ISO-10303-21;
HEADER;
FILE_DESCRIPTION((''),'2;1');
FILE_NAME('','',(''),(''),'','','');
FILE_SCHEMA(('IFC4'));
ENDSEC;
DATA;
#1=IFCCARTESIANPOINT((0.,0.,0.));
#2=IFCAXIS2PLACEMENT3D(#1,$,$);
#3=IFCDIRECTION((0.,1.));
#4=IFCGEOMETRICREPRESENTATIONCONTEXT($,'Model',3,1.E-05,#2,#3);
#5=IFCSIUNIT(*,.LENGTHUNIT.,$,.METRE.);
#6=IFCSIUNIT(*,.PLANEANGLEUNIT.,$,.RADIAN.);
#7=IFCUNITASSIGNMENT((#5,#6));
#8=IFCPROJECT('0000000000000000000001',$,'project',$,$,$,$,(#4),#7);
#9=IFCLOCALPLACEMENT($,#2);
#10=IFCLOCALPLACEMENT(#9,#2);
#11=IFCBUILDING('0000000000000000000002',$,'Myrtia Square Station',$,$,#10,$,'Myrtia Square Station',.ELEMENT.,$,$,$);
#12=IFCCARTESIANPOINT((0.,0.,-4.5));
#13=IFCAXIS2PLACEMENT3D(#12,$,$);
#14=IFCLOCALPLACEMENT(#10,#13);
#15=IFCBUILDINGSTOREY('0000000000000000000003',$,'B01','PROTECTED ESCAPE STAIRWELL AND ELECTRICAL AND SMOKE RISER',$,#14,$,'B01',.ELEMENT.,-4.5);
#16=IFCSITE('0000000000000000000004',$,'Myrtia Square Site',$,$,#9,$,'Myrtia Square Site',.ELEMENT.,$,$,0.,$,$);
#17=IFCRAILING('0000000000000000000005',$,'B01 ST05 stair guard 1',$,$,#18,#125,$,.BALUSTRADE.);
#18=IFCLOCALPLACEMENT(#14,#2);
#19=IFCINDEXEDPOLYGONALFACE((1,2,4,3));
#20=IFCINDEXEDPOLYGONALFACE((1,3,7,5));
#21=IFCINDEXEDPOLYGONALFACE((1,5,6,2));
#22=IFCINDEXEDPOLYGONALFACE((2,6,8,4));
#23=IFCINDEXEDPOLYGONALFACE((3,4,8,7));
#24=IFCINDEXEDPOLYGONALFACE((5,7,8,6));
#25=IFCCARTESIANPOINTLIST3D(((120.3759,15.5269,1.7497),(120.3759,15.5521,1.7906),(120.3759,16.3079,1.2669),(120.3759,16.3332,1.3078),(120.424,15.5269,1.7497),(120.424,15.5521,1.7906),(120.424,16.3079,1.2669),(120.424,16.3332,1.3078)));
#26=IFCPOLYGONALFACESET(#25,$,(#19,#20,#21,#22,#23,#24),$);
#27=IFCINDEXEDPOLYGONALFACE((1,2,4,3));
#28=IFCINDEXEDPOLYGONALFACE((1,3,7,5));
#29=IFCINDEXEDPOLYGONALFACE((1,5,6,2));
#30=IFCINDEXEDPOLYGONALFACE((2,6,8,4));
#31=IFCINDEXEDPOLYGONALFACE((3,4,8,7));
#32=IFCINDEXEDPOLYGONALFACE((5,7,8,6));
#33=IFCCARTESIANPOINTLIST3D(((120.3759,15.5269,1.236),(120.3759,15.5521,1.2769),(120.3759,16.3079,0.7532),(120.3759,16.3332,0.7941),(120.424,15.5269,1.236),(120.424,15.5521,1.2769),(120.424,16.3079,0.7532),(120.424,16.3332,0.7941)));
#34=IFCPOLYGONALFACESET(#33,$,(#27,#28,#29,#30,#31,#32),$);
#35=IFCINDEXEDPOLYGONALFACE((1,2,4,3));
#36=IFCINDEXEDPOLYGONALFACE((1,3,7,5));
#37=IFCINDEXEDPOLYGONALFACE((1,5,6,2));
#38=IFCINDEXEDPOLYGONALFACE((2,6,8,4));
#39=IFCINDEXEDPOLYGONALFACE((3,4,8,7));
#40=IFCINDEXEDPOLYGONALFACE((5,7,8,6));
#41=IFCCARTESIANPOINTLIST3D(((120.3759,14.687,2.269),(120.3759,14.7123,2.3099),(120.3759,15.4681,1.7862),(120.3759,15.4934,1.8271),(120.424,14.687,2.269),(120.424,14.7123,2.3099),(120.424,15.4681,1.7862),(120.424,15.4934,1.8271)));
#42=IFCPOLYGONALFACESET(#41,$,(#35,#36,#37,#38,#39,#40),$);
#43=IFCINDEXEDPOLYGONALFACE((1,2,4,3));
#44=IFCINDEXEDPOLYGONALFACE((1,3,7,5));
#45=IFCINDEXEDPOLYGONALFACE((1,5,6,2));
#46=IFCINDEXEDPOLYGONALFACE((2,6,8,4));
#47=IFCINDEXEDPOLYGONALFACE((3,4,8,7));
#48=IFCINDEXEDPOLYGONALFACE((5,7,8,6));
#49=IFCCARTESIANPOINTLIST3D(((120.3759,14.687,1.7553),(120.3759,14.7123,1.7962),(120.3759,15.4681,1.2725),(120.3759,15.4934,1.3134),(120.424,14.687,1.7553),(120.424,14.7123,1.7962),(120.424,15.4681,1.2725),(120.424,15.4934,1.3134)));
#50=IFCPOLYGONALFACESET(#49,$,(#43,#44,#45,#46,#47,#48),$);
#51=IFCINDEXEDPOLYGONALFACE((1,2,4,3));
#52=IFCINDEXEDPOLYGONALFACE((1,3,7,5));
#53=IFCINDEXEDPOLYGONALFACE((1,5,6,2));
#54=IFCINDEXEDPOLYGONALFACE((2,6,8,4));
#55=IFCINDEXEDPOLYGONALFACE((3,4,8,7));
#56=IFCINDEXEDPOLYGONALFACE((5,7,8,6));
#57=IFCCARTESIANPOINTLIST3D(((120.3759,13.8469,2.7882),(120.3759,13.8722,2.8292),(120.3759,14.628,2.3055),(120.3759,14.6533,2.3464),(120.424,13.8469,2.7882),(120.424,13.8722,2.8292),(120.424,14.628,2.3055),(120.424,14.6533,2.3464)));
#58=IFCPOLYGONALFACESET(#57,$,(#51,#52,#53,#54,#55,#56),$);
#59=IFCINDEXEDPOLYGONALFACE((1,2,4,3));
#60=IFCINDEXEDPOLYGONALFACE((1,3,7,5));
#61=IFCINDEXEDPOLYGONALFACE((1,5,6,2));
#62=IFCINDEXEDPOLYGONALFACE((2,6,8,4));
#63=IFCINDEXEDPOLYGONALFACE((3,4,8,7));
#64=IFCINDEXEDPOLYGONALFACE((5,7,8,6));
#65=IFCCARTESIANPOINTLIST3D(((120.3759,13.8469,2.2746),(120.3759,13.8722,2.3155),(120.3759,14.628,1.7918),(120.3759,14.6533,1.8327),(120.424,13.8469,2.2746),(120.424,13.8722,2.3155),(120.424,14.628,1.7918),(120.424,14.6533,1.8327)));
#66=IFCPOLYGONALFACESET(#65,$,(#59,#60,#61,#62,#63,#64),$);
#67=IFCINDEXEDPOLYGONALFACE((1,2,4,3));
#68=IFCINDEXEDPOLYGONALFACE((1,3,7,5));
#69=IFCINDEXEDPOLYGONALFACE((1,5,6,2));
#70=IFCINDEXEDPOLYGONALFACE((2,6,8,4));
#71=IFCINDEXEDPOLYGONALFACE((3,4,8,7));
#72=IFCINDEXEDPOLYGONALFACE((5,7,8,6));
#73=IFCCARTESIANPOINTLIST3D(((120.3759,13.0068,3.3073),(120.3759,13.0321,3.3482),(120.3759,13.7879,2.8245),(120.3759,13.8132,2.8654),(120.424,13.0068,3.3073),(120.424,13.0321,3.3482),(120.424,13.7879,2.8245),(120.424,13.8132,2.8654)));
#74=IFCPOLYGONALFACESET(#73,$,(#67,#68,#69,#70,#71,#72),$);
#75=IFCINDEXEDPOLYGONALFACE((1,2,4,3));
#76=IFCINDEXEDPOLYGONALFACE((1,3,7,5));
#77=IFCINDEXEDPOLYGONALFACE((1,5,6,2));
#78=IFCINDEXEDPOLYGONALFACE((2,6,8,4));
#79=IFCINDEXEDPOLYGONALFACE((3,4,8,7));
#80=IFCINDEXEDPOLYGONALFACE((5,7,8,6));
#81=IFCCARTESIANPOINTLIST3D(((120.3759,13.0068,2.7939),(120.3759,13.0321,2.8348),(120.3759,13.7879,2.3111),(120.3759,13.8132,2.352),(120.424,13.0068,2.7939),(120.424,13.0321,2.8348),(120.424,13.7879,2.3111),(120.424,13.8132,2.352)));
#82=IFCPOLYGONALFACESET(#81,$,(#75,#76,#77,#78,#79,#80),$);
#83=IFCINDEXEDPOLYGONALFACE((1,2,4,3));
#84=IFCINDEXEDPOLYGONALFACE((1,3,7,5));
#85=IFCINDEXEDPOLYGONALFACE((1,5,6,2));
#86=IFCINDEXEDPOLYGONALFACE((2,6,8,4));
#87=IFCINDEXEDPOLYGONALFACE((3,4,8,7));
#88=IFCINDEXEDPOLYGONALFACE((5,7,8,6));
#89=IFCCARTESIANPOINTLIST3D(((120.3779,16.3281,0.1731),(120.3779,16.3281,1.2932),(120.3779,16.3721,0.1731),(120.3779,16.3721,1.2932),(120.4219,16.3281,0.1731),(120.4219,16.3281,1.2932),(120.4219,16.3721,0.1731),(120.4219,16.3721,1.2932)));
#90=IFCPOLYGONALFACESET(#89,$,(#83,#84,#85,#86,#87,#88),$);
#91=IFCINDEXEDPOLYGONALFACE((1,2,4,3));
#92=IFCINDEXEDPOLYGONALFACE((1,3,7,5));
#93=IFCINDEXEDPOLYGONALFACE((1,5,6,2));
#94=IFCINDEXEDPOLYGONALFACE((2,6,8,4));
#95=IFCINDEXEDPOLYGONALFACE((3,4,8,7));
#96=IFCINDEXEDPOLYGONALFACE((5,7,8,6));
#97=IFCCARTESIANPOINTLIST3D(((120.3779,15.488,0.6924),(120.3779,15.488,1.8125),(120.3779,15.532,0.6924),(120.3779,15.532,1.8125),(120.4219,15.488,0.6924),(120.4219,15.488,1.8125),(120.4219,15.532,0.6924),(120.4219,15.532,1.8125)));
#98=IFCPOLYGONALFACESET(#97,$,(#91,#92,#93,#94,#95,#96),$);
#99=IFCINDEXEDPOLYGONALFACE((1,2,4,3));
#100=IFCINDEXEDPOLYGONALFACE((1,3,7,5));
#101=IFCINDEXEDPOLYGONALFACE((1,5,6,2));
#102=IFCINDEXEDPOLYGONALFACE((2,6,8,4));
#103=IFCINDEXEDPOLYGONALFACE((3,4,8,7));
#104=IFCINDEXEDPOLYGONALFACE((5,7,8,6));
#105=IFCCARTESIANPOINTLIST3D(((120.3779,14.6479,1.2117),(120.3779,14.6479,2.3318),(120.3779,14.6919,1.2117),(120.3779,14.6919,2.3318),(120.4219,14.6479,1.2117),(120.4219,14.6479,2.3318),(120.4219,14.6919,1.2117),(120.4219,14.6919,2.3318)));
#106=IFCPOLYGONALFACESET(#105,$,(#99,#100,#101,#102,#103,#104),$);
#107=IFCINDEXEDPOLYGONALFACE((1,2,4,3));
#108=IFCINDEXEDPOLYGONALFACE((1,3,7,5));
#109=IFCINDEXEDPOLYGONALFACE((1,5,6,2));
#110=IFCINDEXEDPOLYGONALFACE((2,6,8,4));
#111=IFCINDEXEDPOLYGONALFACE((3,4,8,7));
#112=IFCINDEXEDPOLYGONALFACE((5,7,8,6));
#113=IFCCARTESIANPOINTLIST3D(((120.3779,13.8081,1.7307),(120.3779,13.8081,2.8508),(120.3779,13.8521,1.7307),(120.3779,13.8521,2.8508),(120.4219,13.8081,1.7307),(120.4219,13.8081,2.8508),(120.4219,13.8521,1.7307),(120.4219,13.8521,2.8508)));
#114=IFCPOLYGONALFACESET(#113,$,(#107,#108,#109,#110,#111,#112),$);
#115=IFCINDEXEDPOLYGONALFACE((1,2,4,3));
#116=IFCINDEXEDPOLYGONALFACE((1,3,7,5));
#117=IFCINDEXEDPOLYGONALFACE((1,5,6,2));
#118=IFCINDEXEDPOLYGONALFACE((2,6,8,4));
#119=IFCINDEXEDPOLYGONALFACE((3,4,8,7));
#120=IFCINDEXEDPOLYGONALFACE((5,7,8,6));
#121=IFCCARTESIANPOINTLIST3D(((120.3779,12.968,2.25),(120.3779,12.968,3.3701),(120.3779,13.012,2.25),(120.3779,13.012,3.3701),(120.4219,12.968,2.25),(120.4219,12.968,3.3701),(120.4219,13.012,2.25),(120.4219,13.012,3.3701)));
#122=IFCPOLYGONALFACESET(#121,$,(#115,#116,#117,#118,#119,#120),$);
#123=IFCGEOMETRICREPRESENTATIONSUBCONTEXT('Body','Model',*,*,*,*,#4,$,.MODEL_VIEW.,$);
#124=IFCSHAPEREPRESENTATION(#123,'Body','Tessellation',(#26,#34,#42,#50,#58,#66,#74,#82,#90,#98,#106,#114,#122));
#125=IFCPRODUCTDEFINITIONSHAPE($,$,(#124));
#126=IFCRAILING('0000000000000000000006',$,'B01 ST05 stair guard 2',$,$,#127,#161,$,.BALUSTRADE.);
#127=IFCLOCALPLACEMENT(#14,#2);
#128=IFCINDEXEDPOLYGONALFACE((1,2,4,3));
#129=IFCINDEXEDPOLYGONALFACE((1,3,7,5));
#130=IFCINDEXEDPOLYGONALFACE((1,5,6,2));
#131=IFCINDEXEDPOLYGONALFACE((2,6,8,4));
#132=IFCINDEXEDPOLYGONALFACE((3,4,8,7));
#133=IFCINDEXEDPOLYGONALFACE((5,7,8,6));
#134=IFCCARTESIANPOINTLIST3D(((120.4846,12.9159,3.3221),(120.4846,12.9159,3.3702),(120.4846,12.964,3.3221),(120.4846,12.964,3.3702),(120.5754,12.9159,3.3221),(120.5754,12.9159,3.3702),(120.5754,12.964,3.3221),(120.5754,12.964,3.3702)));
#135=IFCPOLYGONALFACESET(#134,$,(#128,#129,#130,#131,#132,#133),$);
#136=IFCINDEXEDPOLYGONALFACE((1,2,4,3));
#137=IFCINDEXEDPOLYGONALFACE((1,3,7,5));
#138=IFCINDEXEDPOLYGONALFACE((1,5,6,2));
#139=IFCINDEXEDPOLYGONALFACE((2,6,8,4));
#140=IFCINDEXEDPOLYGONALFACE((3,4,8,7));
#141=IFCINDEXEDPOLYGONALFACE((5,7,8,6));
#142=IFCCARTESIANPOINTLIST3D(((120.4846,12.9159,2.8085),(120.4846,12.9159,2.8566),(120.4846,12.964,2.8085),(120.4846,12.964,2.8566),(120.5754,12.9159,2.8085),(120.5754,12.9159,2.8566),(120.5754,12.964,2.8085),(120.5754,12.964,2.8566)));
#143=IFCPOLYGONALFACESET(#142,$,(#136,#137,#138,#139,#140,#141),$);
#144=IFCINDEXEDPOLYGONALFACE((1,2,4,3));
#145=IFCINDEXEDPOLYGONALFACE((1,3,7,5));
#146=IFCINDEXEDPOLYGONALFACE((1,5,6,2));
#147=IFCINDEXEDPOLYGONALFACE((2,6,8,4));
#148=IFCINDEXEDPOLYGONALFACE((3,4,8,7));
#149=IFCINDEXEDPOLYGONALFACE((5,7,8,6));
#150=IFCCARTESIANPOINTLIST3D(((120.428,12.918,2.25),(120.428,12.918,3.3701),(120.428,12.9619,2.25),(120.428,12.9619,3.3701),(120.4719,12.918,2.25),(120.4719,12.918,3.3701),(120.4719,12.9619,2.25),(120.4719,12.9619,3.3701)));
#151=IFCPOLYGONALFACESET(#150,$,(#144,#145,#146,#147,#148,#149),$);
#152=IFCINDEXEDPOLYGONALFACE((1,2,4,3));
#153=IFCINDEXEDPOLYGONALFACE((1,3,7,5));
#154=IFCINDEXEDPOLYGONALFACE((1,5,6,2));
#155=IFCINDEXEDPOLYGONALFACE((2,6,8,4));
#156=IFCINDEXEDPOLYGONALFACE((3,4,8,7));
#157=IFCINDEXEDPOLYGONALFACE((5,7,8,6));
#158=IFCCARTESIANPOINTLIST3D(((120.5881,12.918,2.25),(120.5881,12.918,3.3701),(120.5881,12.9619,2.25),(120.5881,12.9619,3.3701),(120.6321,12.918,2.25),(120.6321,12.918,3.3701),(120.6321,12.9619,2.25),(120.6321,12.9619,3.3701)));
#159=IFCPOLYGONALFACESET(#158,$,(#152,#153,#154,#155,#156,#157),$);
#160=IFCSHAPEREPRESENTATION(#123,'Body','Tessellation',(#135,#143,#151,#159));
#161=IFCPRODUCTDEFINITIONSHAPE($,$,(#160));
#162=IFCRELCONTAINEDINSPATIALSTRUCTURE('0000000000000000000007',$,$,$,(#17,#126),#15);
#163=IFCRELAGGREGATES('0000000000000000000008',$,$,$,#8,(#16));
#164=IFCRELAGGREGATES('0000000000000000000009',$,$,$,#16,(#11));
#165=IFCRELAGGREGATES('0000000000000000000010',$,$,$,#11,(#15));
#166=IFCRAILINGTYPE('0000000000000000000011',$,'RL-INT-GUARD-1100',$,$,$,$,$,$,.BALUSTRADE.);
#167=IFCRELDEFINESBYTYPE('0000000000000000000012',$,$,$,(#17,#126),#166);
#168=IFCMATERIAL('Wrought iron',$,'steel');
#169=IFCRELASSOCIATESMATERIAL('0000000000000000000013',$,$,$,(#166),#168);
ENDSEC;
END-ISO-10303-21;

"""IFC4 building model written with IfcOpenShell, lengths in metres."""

from ifc_helpers import new_model, si_unit, direction, frame, origin, origin_2d, place, context, subcontext, project, spatial, rectangle, extrude, material, type_object, element, save


model = new_model("IFC4")

# Units and contexts
model_context = context("Model", 3, precision=1e-05, world=origin(), true_north=direction((0.0, 1.0)))
body_context = subcontext(model_context, "Body", "Model", "MODEL_VIEW")
ifc_project = project(units=[si_unit("LENGTHUNIT", "METRE"), si_unit("PLANEANGLEUNIT", "RADIAN")], contexts=[model_context])

# Site, building, storey
site_placement = place(None, origin())
site = spatial("IfcSite", under=ifc_project, at=site_placement, Name="Myrtia Square Site", LongName="Myrtia Square Site", CompositionType="ELEMENT", RefElevation=0.0)
building_placement = place(site_placement, origin())
building = spatial("IfcBuilding", under=site, at=building_placement, Name="Myrtia Square Station", LongName="Myrtia Square Station", CompositionType="ELEMENT")
storey_placement = place(building_placement, frame((0.0, 0.0, -4.5)))
storey = spatial("IfcBuildingStorey", under=building, at=storey_placement, Name="B01", Description="PROTECTED ESCAPE STAIRWELL AND ELECTRICAL AND SMOKE RISER", LongName="B01", CompositionType="ELEMENT", Elevation=-4.5)

# Railings
ifc_material_1 = material(Name="Wrought iron", Category="steel")
railing_type_1 = type_object("IfcRailingType", Name="RL-INT-GUARD-1100", PredefinedType="BALUSTRADE", material=ifc_material_1)
railing_1_placement = place(storey_placement, frame((120.3999, 16.3501, 0.1731)))
element("IfcRailing", 1, at=railing_1_placement, inside=storey, type_object=railing_type_1, Name="B01 ST05 stair guard 1", PredefinedType="BALUSTRADE", context=body_context, shape_type="SweptSolid", body=[
    extrude(rectangle(XDim=0.0481, YDim=0.0481, at=origin_2d()), frame((0.0, -0.0295, 1.1143), z_axis=(0.0, -0.850623, 0.525776), x_axis=(1.0, 0.0, 0.0)), (0.0, 0.0, 1.0), 0.9182),
    extrude(rectangle(XDim=0.0481, YDim=0.0481, at=origin_2d()), frame((0.0, -0.0295, 0.6006), z_axis=(0.0, -0.850623, 0.525776), x_axis=(1.0, 0.0, 0.0)), (0.0, 0.0, 1.0), 0.9182),
    extrude(rectangle(XDim=0.0481, YDim=0.0481, at=origin_2d()), frame((0.0, -0.8694, 1.6335), z_axis=(0.0, -0.850623, 0.525776), x_axis=(1.0, 0.0, 0.0)), (0.0, 0.0, 1.0), 0.9182),
    extrude(rectangle(XDim=0.0481, YDim=0.0481, at=origin_2d()), frame((0.0, -0.8694, 1.1199), z_axis=(0.0, -0.850623, 0.525776), x_axis=(1.0, 0.0, 0.0)), (0.0, 0.0, 1.0), 0.9182),
    extrude(rectangle(XDim=0.0481, YDim=0.0481, at=origin_2d()), frame((0.0, -1.7095, 2.1528), z_axis=(0.0, -0.850623, 0.525776), x_axis=(1.0, 0.0, 0.0)), (0.0, 0.0, 1.0), 0.9182),
    extrude(rectangle(XDim=0.0481, YDim=0.0481, at=origin_2d()), frame((0.0, -1.7095, 1.6392), z_axis=(0.0, -0.850623, 0.525776), x_axis=(1.0, 0.0, 0.0)), (0.0, 0.0, 1.0), 0.9182),
    extrude(rectangle(XDim=0.0481, YDim=0.0481, at=origin_2d()), frame((0.0, -2.5496, 2.6719), z_axis=(0.0, -0.850623, 0.525776), x_axis=(1.0, 0.0, 0.0)), (0.0, 0.0, 1.0), 0.9182),
    extrude(rectangle(XDim=0.0481, YDim=0.0481, at=origin_2d()), frame((0.0, -2.5496, 2.1584), z_axis=(0.0, -0.850623, 0.525776), x_axis=(1.0, 0.0, 0.0)), (0.0, 0.0, 1.0), 0.9182),
    extrude(rectangle(XDim=0.0439, YDim=0.0439, at=origin_2d()), origin(), (0.0, 0.0, 1.0), 1.1201),
    extrude(rectangle(XDim=0.0439, YDim=0.0439, at=origin_2d()), frame((0.0, -0.8401, 0.5193)), (0.0, 0.0, 1.0), 1.1201),
    extrude(rectangle(XDim=0.0439, YDim=0.0439, at=origin_2d()), frame((0.0, -1.6802, 1.0386)), (0.0, 0.0, 1.0), 1.1201),
    extrude(rectangle(XDim=0.0439, YDim=0.0439, at=origin_2d()), frame((0.0, -2.52, 1.5576)), (0.0, 0.0, 1.0), 1.1201),
    extrude(rectangle(XDim=0.0439, YDim=0.0439, at=origin_2d()), frame((0.0, -3.3601, 2.0769)), (0.0, 0.0, 1.0), 1.1201),
])
railing_2_placement = place(storey_placement, frame((120.45, 12.9399, 2.25)))
element("IfcRailing", 2, at=railing_2_placement, inside=storey, type_object=railing_type_1, Name="B01 ST05 stair guard 2", PredefinedType="BALUSTRADE", context=body_context, shape_type="SweptSolid", body=[
    extrude(rectangle(XDim=0.0481, YDim=0.0481, at=origin_2d()), frame((0.0347, 0.0, 1.0962), z_axis=(1.0, 0.0, 0.0), x_axis=(0.0, 1.0, 0.0)), (0.0, 0.0, 1.0), 0.0908),
    extrude(rectangle(XDim=0.0481, YDim=0.0481, at=origin_2d()), frame((0.0347, 0.0, 0.5825), z_axis=(1.0, 0.0, 0.0), x_axis=(0.0, 1.0, 0.0)), (0.0, 0.0, 1.0), 0.0908),
    extrude(rectangle(XDim=0.0439, YDim=0.0439, at=origin_2d()), origin(), (0.0, 0.0, 1.0), 1.1201),
    extrude(rectangle(XDim=0.0439, YDim=0.0439, at=origin_2d()), frame((0.1602, 0.0, 0.0)), (0.0, 0.0, 1.0), 1.1201),
])

save(model, "model.ifc")
